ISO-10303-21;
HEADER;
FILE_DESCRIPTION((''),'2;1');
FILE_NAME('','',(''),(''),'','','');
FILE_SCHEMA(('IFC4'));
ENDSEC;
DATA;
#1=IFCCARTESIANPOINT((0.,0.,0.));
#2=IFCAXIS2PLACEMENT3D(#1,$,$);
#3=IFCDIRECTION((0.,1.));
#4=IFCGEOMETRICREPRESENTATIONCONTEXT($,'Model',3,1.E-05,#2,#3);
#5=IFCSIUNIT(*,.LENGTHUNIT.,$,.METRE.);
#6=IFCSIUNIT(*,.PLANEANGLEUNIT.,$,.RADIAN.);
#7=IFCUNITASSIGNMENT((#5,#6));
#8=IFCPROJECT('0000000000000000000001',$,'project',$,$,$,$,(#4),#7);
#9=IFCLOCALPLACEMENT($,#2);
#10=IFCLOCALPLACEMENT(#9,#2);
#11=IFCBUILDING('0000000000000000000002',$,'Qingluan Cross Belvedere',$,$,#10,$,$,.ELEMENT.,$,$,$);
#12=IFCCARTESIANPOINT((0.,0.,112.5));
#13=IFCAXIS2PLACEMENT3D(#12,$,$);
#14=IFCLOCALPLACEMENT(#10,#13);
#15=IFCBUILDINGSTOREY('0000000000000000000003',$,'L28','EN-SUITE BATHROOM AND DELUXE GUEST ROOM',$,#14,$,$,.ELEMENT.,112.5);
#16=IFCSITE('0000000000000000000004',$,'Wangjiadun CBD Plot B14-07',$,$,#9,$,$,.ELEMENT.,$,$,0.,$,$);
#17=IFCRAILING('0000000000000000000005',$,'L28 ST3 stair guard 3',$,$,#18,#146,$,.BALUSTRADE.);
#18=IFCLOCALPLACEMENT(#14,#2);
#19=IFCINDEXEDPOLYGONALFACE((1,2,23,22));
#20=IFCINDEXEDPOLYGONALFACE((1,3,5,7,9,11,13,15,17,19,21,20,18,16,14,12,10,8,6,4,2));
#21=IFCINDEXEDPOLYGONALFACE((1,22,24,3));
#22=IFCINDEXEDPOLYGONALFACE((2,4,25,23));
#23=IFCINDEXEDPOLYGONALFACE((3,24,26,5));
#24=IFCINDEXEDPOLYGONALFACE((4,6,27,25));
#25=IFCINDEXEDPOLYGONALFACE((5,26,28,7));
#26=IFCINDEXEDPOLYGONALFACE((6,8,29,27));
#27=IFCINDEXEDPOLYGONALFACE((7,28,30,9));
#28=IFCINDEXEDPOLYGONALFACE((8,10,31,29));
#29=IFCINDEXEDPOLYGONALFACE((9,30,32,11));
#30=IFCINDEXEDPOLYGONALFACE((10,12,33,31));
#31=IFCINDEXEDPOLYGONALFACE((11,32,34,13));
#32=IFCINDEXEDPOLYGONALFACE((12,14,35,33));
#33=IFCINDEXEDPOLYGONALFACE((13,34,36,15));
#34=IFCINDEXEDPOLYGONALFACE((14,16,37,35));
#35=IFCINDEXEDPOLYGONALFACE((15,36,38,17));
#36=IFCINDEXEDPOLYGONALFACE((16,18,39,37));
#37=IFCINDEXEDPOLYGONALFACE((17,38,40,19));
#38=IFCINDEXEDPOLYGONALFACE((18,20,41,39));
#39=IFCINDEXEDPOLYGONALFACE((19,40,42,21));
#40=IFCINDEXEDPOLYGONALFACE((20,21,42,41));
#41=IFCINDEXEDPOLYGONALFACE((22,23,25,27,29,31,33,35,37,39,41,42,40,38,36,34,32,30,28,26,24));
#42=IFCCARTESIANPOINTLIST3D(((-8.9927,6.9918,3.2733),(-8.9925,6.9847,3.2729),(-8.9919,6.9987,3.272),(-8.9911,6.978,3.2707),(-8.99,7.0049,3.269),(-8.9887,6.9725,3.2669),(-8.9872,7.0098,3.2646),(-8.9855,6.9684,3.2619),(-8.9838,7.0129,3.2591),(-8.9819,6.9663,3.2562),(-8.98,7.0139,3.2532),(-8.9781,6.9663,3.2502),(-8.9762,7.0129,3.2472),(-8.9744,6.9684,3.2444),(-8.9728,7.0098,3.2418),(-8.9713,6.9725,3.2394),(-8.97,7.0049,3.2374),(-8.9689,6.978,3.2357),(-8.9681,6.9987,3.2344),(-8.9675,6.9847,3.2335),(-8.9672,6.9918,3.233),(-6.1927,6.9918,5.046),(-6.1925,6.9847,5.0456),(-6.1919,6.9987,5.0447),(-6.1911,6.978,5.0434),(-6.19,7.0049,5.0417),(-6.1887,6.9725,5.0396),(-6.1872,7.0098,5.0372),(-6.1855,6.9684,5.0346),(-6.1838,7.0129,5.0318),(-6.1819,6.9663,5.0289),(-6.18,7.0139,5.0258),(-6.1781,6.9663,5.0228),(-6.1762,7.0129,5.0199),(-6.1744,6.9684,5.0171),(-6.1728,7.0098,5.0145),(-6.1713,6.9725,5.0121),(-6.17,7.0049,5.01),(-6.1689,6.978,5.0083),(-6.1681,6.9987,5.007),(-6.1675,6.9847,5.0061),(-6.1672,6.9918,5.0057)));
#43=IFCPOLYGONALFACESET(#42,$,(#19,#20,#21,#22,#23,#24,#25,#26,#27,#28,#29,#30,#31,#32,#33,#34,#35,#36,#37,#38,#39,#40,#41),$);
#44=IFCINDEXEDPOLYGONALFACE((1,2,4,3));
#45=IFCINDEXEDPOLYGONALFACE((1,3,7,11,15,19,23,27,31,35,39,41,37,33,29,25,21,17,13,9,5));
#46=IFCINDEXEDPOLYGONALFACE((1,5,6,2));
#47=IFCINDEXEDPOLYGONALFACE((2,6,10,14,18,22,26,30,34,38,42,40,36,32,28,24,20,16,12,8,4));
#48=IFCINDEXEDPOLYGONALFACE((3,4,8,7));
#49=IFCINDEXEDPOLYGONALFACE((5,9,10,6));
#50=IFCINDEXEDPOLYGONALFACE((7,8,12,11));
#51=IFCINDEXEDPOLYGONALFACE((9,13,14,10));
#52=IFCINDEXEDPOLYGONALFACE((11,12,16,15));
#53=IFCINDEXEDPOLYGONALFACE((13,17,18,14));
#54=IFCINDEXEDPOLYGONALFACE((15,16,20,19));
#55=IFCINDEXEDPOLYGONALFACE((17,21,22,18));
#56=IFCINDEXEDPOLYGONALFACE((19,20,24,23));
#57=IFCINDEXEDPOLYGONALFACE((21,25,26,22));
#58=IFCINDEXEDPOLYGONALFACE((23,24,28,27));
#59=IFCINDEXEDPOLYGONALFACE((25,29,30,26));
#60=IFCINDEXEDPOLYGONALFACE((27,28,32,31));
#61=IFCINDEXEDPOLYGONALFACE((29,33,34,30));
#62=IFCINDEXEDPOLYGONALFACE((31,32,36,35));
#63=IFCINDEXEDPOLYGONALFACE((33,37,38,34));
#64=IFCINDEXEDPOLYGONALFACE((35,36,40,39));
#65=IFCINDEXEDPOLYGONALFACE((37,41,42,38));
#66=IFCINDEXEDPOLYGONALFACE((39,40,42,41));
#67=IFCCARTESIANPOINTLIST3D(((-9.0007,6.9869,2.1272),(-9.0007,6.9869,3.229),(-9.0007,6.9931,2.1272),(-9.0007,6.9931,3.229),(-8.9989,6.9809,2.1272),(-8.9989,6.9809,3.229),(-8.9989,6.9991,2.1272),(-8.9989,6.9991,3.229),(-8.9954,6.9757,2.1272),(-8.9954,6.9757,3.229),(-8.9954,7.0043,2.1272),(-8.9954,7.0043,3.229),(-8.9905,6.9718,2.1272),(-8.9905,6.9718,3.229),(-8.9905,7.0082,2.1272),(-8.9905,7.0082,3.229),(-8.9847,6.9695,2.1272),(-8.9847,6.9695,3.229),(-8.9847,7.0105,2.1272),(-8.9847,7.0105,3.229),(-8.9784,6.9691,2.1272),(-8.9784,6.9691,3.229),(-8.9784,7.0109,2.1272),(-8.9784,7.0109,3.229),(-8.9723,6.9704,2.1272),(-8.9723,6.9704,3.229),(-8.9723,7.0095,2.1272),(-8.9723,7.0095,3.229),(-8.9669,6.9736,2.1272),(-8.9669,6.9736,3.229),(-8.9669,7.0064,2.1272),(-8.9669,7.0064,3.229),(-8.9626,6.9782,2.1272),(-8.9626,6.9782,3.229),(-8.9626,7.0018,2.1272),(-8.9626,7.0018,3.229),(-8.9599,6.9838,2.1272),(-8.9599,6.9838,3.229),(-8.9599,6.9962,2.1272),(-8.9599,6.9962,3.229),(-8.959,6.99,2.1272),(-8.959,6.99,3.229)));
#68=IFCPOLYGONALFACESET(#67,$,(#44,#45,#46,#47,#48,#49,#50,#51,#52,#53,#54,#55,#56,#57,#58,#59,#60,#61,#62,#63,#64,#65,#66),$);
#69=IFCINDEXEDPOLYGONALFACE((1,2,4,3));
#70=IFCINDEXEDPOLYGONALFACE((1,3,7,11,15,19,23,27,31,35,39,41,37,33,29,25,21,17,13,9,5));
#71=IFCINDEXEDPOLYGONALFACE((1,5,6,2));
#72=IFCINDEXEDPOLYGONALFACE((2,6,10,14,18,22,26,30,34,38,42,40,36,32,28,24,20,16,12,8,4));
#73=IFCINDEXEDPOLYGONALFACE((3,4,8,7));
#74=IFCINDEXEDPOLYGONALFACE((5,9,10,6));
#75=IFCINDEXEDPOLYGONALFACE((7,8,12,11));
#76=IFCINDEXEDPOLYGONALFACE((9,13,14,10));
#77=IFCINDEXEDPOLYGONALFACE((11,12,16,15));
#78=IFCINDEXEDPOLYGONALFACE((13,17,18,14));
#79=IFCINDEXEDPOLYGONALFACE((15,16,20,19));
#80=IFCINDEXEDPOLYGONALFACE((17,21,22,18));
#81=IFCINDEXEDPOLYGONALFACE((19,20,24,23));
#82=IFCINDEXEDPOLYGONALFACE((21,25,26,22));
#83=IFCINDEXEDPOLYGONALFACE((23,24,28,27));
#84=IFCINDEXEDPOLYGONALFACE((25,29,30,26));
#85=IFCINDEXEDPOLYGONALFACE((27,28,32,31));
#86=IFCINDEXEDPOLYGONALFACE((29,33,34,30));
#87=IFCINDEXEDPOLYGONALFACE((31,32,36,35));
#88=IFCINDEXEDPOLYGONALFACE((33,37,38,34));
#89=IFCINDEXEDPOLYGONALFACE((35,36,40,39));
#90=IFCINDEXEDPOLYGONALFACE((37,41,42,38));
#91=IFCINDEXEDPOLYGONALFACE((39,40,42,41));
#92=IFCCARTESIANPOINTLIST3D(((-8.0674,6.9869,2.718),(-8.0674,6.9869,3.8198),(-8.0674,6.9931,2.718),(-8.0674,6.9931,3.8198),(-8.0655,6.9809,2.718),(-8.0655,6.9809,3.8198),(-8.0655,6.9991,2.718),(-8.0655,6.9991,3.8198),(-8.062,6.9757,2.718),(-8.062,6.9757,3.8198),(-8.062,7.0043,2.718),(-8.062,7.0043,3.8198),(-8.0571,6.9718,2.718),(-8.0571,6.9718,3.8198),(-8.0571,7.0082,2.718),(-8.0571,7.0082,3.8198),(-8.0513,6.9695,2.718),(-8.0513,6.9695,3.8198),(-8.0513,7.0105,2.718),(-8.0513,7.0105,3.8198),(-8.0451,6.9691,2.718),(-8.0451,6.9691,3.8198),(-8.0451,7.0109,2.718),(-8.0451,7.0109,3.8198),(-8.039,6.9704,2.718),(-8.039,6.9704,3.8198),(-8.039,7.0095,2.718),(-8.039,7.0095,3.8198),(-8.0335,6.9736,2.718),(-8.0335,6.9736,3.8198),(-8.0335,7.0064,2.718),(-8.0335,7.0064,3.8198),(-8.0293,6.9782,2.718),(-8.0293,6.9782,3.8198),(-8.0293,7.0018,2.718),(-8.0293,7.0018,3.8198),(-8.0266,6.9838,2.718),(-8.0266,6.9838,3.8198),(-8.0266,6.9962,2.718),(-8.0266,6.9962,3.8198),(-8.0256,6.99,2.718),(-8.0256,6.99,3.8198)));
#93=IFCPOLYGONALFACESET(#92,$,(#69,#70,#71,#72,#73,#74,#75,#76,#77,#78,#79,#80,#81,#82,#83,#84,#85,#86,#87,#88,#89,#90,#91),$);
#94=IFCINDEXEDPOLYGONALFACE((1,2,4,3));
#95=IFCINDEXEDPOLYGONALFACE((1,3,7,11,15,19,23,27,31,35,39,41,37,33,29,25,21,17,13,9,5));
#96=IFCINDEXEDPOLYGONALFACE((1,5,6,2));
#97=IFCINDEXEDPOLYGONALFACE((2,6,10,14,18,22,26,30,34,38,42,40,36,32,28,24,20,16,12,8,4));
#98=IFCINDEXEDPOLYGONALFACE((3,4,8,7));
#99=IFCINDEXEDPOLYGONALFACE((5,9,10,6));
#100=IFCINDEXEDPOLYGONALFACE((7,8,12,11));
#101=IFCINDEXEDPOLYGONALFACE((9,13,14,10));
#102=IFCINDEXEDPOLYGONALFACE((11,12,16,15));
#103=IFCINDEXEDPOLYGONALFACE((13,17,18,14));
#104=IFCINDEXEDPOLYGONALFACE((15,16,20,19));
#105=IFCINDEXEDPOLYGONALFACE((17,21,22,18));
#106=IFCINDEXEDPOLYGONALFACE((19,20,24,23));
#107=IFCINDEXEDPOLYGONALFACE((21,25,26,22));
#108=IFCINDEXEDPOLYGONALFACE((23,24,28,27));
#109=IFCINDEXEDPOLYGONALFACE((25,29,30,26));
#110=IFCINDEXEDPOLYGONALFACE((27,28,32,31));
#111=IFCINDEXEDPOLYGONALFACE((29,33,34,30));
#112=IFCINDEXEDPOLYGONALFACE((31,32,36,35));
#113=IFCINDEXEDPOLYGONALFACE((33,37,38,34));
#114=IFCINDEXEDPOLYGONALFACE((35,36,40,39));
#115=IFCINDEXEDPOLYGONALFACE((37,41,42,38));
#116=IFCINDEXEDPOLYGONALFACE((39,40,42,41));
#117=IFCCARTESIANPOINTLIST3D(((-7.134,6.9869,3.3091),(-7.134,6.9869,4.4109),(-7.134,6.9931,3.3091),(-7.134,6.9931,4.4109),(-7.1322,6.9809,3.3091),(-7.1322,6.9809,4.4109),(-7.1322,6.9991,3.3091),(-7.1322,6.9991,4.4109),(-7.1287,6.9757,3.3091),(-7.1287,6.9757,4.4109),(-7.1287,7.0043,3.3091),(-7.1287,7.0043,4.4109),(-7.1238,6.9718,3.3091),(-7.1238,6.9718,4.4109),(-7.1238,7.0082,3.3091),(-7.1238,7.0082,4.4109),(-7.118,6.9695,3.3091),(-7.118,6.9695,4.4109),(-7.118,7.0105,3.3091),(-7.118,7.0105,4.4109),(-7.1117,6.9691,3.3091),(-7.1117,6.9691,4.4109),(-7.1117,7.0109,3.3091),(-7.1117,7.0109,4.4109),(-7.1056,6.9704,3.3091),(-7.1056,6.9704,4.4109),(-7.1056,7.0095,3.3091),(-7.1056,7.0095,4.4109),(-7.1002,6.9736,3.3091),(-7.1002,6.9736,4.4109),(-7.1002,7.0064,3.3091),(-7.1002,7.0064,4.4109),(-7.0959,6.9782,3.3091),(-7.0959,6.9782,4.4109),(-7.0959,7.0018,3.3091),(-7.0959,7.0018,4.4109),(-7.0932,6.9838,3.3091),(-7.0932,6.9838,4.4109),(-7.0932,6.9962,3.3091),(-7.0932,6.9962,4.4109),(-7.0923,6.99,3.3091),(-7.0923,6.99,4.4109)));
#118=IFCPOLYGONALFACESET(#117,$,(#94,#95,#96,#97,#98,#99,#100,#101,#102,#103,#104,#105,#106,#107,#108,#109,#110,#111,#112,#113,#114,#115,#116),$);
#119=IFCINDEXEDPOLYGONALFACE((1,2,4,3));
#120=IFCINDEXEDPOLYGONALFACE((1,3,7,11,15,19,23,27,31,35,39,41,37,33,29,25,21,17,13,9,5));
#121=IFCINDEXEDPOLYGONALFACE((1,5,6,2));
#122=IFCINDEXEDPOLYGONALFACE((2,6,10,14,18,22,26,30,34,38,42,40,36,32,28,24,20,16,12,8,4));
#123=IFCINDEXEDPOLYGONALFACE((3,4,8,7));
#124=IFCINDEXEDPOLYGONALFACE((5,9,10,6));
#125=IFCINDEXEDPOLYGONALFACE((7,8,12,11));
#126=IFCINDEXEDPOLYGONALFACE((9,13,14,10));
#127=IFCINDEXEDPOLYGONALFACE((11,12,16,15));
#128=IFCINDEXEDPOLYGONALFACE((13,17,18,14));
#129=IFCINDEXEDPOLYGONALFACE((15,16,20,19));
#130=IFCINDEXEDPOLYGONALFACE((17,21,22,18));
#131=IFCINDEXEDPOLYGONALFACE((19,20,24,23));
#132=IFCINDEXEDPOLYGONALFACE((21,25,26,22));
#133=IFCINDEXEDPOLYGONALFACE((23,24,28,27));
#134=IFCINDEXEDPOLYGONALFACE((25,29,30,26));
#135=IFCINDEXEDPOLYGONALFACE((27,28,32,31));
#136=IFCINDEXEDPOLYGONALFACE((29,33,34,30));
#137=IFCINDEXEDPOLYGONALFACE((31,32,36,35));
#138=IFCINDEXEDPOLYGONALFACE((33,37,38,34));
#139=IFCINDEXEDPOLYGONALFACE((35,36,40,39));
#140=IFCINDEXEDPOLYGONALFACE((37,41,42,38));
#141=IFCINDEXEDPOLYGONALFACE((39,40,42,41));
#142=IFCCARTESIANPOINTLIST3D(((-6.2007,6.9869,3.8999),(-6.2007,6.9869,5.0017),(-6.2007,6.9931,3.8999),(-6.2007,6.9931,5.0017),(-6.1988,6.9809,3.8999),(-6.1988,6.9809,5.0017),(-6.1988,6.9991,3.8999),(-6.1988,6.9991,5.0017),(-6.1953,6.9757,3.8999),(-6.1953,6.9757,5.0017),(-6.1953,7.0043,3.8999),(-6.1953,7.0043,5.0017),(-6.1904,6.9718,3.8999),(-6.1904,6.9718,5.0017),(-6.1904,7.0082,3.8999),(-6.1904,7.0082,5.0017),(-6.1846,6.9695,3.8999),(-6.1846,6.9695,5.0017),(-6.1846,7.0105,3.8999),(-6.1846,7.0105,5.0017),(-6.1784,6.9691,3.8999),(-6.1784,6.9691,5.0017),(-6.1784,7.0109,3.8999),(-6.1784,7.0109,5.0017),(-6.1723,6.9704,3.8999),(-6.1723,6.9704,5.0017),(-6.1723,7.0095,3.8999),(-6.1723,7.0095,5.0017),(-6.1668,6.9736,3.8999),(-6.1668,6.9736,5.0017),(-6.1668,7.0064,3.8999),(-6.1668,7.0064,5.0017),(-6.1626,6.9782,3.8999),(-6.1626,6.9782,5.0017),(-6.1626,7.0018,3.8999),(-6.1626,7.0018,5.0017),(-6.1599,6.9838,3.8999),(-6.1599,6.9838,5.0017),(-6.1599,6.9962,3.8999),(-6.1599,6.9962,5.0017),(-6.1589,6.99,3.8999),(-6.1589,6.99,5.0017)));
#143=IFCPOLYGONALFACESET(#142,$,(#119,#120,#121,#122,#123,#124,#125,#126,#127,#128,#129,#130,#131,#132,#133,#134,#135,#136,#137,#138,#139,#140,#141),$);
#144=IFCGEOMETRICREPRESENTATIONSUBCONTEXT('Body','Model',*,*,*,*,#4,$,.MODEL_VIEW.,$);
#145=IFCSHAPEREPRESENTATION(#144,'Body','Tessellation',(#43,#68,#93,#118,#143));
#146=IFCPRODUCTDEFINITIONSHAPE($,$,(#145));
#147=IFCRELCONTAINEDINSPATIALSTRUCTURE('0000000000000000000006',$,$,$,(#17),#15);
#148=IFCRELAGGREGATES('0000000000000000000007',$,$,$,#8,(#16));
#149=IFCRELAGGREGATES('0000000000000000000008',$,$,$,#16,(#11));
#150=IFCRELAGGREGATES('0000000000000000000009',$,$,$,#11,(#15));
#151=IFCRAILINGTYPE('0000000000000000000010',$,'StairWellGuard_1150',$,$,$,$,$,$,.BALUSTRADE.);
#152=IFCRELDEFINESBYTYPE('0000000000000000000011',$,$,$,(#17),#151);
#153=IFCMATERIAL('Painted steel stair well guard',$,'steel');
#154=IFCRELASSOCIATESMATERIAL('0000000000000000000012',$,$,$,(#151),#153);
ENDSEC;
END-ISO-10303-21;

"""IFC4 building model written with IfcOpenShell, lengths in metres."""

from ifc_helpers import new_model, si_unit, direction, frame, origin, origin_2d, place, context, subcontext, project, spatial, circle, extrude, material, type_object, element, save


model = new_model("IFC4")

# Units and contexts
model_context = context("Model", 3, precision=1e-05, world=origin(), true_north=direction((0.0, 1.0)))
body_context = subcontext(model_context, "Body", "Model", "MODEL_VIEW")
ifc_project = project(units=[si_unit("LENGTHUNIT", "METRE"), si_unit("PLANEANGLEUNIT", "RADIAN")], contexts=[model_context])

# Site, building, storey
site_placement = place(None, origin())
site = spatial("IfcSite", under=ifc_project, at=site_placement, Name="Wangjiadun CBD Plot B14-07", CompositionType="ELEMENT", RefElevation=0.0)
building_placement = place(site_placement, origin())
building = spatial("IfcBuilding", under=site, at=building_placement, Name="Qingluan Cross Belvedere", CompositionType="ELEMENT")
storey_placement = place(building_placement, frame((0.0, 0.0, 112.5)))
storey = spatial("IfcBuildingStorey", under=building, at=storey_placement, Name="L28", Description="EN-SUITE BATHROOM AND DELUXE GUEST ROOM", CompositionType="ELEMENT", Elevation=112.5)

# Railing
ifc_material_1 = material(Name="Painted steel stair well guard", Category="steel")
railing_type_1 = type_object("IfcRailingType", Name="StairWellGuard_1150", PredefinedType="BALUSTRADE", material=ifc_material_1)
railing_1_placement = place(storey_placement, frame((-8.98, 6.99, 2.1272)))
element("IfcRailing", 1, at=railing_1_placement, inside=storey, type_object=railing_type_1, Name="L28 ST3 stair guard 3", PredefinedType="BALUSTRADE", context=body_context, shape_type="SweptSolid", body=[
    extrude(circle(Radius=0.0239, at=origin_2d()), frame((0.0, 0.0, 1.126), z_axis=(0.844909, 0.0, 0.53491), x_axis=(0.0, 1.0, 0.0)), (0.0, 0.0, 1.0), 3.314),
    extrude(circle(Radius=0.021, at=origin_2d()), origin(), (0.0, 0.0, 1.0), 1.1018),
    extrude(circle(Radius=0.021, at=origin_2d()), frame((0.9333, 0.0, 0.5908)), (0.0, 0.0, 1.0), 1.1018),
    extrude(circle(Radius=0.021, at=origin_2d()), frame((1.8667, 0.0, 1.1819)), (0.0, 0.0, 1.0), 1.1018),
    extrude(circle(Radius=0.021, at=origin_2d()), frame((2.8, 0.0, 1.7727)), (0.0, 0.0, 1.0), 1.1018),
])

save(model, "model.ifc")
